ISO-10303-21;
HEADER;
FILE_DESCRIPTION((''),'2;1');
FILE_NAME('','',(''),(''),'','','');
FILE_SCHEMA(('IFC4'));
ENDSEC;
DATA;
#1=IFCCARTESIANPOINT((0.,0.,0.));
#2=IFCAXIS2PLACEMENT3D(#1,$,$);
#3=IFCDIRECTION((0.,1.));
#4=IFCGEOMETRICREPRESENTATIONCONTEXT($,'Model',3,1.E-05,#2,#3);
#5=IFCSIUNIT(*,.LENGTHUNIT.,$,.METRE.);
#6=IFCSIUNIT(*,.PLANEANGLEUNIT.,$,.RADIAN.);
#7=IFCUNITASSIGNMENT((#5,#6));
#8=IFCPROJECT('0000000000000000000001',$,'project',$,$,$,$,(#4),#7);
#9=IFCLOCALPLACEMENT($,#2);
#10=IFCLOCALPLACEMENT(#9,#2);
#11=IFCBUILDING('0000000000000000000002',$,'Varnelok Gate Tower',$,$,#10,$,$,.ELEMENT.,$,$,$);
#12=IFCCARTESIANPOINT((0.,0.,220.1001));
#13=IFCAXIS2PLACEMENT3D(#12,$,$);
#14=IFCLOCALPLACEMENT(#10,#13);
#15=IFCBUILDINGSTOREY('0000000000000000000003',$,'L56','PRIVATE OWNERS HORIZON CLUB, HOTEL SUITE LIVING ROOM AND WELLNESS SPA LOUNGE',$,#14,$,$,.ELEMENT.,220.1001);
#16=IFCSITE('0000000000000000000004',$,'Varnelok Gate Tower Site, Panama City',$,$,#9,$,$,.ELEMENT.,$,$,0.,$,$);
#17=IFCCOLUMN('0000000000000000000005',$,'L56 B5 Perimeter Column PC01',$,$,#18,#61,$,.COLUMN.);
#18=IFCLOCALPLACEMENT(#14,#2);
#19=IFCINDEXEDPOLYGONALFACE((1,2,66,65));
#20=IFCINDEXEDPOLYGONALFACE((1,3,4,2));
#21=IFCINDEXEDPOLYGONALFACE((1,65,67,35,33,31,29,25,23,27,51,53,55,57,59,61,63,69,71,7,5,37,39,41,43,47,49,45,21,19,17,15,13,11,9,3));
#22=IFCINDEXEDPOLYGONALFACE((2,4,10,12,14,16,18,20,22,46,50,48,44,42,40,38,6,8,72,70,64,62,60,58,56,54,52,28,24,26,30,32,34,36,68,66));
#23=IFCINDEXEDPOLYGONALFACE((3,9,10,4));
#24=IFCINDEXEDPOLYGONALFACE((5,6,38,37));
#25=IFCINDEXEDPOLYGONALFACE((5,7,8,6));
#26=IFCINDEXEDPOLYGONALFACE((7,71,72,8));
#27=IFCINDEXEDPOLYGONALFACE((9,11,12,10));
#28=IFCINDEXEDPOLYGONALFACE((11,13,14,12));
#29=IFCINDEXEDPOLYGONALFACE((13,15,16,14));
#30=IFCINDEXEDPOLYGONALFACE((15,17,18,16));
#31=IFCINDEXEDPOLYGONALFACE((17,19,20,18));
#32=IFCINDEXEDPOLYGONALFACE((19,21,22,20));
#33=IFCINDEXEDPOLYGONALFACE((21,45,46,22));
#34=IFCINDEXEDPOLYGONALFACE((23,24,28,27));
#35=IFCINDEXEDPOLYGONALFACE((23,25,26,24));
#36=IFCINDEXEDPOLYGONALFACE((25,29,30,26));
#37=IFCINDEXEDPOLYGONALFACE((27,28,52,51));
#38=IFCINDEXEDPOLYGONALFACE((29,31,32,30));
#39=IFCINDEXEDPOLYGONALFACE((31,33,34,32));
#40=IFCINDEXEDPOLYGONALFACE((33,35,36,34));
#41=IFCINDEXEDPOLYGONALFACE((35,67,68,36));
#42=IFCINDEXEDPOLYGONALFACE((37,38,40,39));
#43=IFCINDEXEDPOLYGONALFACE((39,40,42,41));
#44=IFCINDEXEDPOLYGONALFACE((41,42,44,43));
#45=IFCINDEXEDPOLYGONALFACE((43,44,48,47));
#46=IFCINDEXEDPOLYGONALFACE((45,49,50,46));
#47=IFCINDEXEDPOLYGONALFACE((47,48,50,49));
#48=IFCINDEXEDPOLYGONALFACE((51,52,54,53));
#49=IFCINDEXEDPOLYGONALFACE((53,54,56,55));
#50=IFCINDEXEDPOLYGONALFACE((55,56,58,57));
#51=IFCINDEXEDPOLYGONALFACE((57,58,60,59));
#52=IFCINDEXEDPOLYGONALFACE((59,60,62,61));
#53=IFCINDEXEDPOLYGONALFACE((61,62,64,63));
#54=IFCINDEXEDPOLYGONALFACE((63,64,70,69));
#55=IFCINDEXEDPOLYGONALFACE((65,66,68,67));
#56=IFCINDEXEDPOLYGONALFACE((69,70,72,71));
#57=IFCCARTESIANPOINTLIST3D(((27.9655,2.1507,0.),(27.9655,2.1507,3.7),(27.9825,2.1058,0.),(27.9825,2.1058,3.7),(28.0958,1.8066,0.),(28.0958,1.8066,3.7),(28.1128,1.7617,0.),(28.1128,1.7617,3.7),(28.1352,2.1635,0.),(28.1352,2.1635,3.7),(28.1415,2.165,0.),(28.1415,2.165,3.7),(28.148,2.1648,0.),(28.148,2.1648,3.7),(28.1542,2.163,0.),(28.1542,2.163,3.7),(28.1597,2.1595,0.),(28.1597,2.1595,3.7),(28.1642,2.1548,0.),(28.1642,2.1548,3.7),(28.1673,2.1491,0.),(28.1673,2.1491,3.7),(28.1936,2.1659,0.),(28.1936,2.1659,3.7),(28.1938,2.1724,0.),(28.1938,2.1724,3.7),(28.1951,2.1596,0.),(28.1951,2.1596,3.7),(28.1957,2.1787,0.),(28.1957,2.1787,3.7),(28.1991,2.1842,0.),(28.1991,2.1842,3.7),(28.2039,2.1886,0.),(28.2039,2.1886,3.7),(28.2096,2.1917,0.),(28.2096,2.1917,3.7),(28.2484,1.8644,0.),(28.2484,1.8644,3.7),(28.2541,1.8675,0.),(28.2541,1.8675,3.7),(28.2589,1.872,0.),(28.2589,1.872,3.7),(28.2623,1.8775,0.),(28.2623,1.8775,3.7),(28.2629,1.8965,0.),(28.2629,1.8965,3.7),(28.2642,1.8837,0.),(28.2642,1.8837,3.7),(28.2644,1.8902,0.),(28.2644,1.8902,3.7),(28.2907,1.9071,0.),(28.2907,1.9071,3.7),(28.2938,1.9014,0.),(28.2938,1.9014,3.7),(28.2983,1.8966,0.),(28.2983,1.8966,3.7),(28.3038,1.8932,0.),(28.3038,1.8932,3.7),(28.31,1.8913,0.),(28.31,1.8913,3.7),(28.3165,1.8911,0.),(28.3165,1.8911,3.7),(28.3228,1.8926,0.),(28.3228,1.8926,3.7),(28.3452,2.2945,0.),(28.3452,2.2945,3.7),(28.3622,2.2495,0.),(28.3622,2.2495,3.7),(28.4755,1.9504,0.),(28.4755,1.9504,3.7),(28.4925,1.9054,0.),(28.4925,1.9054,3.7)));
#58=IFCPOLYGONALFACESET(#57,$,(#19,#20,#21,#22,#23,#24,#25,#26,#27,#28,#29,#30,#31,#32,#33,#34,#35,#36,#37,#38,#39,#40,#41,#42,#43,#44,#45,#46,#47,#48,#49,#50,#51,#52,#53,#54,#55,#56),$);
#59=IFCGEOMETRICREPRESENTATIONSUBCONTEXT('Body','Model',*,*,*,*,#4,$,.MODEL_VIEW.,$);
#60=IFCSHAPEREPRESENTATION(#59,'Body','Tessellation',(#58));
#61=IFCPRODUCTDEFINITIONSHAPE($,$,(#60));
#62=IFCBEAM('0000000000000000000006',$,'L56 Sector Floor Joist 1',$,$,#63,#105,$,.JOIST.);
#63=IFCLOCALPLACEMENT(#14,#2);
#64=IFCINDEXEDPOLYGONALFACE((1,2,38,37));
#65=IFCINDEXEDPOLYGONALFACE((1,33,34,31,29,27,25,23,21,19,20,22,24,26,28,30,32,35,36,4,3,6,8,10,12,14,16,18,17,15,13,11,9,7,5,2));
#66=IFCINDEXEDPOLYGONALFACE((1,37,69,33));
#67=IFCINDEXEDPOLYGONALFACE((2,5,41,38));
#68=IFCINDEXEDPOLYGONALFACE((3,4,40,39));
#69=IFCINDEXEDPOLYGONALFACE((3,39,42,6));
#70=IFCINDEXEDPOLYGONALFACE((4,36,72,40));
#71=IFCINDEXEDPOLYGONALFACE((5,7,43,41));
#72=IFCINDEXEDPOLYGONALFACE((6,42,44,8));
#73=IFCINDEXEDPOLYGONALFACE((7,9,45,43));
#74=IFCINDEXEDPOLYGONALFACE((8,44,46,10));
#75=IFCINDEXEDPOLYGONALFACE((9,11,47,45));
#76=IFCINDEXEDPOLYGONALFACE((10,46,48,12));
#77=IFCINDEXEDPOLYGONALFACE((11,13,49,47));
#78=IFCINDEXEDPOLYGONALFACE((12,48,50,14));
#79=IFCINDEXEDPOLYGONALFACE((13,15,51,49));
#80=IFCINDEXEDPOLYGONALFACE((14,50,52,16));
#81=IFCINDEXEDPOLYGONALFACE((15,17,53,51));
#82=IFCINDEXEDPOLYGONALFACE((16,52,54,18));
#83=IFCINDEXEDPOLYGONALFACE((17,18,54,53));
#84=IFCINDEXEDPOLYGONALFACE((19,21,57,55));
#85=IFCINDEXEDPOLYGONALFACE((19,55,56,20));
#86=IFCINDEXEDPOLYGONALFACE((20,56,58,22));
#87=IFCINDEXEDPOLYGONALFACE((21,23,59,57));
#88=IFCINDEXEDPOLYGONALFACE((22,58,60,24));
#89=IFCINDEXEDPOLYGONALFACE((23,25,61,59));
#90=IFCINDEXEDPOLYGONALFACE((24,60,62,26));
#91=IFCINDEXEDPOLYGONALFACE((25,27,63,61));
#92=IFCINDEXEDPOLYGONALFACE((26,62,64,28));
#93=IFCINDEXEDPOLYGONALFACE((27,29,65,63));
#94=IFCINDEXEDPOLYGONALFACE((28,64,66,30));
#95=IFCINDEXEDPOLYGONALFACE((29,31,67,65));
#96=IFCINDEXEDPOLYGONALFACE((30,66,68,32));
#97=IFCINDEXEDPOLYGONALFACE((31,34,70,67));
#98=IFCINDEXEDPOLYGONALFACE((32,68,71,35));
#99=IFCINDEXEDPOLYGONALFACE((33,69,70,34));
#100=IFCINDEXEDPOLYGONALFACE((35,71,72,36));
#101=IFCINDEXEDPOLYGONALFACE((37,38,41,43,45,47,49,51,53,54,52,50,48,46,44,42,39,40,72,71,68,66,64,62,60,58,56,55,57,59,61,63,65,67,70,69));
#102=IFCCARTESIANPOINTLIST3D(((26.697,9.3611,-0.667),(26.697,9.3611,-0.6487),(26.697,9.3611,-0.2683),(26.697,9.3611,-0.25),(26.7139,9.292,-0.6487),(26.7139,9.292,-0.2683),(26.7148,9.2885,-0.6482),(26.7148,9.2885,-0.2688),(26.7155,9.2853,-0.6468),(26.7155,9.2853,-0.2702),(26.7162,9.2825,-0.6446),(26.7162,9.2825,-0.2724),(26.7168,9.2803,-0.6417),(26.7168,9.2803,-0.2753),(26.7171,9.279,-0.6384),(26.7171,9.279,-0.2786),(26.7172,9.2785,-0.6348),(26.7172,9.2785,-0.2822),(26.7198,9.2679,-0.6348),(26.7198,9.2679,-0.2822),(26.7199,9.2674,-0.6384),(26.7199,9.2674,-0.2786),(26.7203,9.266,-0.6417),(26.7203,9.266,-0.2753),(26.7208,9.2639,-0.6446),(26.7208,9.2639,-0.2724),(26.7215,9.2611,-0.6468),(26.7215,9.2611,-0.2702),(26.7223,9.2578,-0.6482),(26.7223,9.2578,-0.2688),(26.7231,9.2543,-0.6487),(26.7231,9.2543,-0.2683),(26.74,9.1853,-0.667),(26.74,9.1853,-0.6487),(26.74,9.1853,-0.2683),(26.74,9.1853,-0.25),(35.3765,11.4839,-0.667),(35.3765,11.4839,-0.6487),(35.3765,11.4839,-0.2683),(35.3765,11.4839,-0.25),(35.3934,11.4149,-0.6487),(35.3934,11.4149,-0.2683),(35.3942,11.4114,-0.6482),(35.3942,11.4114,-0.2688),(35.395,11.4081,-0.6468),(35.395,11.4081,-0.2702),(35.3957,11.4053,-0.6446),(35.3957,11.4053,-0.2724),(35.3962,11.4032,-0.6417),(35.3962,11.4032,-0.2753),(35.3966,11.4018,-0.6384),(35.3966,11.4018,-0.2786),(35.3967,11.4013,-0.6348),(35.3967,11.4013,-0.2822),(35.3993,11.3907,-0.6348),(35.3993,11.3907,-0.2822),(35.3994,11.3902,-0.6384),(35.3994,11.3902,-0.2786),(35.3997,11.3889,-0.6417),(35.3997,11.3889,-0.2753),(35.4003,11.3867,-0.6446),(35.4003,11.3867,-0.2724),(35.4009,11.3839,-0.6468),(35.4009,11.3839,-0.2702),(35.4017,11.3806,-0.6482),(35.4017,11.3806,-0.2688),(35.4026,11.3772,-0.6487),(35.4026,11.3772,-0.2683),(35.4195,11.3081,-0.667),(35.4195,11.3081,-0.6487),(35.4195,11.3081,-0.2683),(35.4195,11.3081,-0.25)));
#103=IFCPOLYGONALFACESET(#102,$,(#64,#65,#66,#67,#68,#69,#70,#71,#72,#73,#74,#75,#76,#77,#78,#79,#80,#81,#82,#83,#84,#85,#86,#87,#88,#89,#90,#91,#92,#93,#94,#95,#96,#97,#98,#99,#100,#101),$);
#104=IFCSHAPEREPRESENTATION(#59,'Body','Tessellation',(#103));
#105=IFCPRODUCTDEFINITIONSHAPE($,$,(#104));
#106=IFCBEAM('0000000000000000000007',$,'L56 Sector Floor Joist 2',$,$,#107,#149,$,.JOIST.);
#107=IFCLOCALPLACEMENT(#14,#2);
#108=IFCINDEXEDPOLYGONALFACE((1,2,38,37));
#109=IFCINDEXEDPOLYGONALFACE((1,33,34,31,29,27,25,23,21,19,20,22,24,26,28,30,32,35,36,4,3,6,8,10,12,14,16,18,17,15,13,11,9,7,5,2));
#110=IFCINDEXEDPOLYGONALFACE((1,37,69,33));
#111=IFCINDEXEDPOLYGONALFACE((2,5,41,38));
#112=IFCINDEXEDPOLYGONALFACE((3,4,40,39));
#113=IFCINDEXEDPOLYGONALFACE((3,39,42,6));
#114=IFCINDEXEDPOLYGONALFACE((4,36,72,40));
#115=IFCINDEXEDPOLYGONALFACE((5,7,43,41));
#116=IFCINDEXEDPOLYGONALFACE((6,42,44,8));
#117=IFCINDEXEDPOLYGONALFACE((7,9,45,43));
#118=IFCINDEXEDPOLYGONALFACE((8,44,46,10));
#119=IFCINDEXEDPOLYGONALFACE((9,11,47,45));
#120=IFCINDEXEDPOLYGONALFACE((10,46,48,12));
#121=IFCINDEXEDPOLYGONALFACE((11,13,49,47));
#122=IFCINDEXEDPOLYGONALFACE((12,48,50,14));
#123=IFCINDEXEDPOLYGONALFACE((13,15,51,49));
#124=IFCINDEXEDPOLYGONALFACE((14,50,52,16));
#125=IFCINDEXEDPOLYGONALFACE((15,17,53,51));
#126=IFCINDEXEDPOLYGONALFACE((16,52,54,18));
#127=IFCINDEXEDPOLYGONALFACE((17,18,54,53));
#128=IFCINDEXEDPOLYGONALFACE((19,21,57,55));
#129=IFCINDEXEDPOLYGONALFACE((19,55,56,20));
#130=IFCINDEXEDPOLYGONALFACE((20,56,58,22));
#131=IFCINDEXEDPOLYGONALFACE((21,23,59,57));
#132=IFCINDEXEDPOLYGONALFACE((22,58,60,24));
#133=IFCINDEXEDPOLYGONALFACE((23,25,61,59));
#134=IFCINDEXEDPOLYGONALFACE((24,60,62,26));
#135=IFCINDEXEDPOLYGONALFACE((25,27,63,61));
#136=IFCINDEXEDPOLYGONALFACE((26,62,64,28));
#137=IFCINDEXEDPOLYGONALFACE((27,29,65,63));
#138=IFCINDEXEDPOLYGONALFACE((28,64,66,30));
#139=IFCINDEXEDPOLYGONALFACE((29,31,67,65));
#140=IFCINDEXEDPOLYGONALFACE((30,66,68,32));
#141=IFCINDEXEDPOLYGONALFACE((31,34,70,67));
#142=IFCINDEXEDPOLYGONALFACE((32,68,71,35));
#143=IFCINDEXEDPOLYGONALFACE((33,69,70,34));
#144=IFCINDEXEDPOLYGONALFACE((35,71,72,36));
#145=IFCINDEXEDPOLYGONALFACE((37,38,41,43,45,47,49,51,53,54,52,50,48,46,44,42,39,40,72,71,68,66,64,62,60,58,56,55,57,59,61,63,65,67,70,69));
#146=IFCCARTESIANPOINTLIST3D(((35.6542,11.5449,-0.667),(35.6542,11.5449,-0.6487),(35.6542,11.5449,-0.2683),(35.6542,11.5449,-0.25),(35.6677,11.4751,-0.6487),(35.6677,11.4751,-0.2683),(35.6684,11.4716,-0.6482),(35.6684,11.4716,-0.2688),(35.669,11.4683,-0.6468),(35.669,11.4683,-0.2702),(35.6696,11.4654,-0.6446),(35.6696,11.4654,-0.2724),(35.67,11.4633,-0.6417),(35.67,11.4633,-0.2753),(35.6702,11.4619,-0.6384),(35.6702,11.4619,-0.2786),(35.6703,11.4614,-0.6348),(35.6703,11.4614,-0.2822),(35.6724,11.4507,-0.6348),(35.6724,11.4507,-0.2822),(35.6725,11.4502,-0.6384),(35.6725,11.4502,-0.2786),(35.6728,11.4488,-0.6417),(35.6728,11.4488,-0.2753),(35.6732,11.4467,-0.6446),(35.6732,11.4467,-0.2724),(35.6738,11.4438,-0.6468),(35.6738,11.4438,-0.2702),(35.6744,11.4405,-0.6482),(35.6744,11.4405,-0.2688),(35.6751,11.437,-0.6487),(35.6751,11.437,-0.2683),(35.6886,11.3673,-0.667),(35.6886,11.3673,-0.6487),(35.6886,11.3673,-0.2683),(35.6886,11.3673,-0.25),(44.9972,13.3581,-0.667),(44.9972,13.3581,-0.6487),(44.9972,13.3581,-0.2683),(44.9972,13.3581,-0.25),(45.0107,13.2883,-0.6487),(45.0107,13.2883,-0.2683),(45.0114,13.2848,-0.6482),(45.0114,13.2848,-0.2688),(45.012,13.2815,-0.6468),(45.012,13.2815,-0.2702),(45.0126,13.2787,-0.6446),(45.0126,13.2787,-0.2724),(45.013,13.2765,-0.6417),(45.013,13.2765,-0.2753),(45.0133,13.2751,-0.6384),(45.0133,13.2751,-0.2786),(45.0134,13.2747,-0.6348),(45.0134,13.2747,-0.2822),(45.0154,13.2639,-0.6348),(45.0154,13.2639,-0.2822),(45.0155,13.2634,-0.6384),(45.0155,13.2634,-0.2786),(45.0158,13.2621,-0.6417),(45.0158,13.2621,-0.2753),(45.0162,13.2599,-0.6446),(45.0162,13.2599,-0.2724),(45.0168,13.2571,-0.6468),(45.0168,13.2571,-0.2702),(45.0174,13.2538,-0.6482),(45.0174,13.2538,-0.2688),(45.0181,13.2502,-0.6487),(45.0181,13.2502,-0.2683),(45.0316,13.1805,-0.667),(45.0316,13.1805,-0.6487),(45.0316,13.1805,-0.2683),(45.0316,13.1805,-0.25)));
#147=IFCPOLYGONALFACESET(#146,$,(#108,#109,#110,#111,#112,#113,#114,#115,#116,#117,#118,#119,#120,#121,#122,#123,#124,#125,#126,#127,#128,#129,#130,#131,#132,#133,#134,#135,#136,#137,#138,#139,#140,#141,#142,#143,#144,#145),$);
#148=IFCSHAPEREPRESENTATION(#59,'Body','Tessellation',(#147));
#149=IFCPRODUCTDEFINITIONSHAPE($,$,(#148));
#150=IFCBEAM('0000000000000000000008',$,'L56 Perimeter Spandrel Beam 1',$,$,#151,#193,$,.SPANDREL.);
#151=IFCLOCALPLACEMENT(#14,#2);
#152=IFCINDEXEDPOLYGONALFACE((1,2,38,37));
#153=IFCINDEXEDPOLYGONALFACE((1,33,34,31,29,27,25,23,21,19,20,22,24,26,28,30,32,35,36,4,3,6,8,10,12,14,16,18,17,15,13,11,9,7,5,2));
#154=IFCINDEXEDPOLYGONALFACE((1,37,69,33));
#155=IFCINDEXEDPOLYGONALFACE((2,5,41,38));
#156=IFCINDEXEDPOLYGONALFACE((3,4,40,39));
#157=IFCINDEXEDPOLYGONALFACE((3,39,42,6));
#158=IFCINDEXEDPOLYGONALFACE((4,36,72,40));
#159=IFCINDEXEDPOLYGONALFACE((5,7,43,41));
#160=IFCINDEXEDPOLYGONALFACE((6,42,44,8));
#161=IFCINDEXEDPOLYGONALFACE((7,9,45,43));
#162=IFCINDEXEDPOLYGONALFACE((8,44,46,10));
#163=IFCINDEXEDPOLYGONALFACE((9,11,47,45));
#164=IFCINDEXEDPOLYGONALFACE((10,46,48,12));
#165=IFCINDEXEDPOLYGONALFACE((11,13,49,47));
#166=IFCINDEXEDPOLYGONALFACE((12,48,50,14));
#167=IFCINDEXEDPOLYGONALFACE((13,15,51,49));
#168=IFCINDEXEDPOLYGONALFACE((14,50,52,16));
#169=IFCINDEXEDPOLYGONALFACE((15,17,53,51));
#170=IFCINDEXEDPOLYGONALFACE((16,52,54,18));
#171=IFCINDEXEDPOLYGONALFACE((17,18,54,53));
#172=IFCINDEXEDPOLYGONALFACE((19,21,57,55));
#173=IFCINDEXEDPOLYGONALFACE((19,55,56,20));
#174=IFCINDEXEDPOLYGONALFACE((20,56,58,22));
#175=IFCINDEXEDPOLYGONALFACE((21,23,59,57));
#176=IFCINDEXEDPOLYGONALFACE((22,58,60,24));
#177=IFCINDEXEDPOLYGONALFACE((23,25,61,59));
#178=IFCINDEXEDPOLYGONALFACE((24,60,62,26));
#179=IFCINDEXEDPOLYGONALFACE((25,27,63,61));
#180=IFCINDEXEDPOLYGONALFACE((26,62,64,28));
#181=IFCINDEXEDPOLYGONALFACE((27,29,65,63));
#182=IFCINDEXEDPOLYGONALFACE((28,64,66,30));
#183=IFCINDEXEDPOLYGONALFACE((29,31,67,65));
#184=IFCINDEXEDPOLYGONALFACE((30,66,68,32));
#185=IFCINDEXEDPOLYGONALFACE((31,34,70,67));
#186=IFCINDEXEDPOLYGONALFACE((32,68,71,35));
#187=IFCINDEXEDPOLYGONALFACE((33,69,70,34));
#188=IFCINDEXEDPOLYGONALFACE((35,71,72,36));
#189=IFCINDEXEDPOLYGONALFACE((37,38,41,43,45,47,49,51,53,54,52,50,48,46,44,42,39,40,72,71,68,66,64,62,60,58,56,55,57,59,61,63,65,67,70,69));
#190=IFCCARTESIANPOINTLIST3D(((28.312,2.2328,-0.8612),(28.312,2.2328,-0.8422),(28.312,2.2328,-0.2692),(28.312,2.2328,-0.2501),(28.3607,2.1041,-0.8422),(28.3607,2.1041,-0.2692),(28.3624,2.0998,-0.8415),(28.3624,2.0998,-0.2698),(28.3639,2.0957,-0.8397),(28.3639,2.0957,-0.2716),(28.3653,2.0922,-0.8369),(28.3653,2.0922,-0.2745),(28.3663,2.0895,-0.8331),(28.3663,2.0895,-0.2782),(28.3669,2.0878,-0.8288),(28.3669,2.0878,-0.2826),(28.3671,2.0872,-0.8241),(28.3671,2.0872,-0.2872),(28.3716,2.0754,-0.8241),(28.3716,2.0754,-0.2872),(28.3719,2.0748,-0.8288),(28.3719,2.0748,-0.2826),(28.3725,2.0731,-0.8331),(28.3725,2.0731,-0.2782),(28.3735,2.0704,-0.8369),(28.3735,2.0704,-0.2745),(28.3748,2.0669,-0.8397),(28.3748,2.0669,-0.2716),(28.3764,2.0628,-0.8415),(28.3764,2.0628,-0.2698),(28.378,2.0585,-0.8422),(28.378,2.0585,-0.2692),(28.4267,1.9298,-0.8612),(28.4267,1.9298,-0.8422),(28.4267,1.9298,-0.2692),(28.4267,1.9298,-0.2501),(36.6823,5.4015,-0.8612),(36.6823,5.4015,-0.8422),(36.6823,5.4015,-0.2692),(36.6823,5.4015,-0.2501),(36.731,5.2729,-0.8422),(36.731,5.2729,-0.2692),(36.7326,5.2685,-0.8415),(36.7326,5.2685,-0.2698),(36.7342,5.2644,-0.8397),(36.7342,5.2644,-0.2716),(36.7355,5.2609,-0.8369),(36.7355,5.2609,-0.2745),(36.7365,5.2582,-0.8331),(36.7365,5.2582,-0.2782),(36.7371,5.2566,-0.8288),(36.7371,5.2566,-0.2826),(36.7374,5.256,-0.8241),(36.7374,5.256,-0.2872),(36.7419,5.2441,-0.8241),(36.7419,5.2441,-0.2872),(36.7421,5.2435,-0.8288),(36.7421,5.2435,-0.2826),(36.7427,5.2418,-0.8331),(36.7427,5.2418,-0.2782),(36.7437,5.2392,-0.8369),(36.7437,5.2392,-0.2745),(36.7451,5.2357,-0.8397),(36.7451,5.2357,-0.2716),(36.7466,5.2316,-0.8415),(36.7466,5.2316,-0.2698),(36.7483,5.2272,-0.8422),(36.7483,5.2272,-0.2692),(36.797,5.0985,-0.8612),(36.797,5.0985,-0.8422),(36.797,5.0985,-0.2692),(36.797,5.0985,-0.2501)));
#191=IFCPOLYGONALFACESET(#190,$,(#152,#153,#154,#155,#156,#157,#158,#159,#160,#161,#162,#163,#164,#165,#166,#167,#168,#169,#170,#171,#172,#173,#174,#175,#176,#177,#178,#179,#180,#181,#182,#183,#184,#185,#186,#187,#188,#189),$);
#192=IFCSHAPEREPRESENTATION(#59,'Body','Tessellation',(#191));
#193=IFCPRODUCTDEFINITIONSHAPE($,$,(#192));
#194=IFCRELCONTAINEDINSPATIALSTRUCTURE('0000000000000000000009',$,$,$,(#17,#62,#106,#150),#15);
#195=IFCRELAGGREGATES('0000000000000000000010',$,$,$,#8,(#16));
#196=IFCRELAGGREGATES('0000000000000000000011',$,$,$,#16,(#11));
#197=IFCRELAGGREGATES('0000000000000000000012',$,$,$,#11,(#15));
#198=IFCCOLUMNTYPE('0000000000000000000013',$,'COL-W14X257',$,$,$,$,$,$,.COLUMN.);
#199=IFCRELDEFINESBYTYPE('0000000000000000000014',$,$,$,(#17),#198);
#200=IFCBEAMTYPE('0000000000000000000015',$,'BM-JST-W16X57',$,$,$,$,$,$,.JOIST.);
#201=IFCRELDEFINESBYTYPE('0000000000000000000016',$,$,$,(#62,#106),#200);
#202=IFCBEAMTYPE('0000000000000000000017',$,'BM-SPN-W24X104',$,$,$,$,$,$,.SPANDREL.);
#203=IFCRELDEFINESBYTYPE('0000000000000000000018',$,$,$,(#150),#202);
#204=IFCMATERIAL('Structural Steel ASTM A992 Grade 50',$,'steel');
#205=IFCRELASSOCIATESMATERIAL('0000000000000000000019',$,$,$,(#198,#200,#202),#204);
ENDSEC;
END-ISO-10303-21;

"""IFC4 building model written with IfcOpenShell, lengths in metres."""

from ifc_helpers import new_model, si_unit, direction, frame, origin, origin_2d, place, context, subcontext, project, spatial, i_section, extrude, material, material_profile, profile_set, type_object, element, save


model = new_model("IFC4")

# Units and contexts
model_context = context("Model", 3, precision=1e-05, world=origin(), true_north=direction((0.0, 1.0)))
body_context = subcontext(model_context, "Body", "Model", "MODEL_VIEW")
ifc_project = project(units=[si_unit("LENGTHUNIT", "METRE"), si_unit("PLANEANGLEUNIT", "RADIAN")], contexts=[model_context])

# Site, building, storey
site_placement = place(None, origin())
site = spatial("IfcSite", under=ifc_project, at=site_placement, Name="Varnelok Gate Tower Site, Panama City", CompositionType="ELEMENT", RefElevation=0.0)
building_placement = place(site_placement, origin())
building = spatial("IfcBuilding", under=site, at=building_placement, Name="Varnelok Gate Tower", CompositionType="ELEMENT")
storey_placement = place(building_placement, frame((0.0, 0.0, 220.1001)))
storey = spatial("IfcBuildingStorey", under=building, at=storey_placement, Name="L56", Description="PRIVATE OWNERS HORIZON CLUB, HOTEL SUITE LIVING ROOM AND WELLNESS SPA LOUNGE", CompositionType="ELEMENT", Elevation=220.1001)

# Column
ifc_material_1 = material(Name="Structural Steel ASTM A992 Grade 50", Category="steel")
ifc_material_profile_1 = material_profile(ifc_material_1, i_section(OverallWidth=0.406, OverallDepth=0.416, WebThickness=0.0298, FlangeThickness=0.0481, FilletRadius=0.0249, at=origin_2d()), Name="W14X257")
ifc_profile_set_1 = profile_set([ifc_material_profile_1], Name="Structural Steel ASTM A992 Grade 50")
column_type = type_object("IfcColumnType", Name="COL-W14X257", PredefinedType="COLUMN", material=ifc_profile_set_1)
column_placement = place(storey_placement, frame((28.229, 2.0281, 0.0), z_axis=(0.0, 0.0, 1.0), x_axis=(0.935222, 0.354063, 0.0)))
element("IfcColumn", 1, at=column_placement, inside=storey, type_object=column_type, Name="L56 B5 Perimeter Column PC01", PredefinedType="COLUMN", context=body_context, shape_type="SweptSolid", body=[
    extrude(i_section(OverallWidth=0.406, OverallDepth=0.416, WebThickness=0.0298, FlangeThickness=0.0481, FilletRadius=0.0249, at=origin_2d()), origin(), (0.0, 0.0, 1.0), 3.7),
])

# Beams
ifc_material_profile_2 = material_profile(ifc_material_1, i_section(OverallWidth=0.1809, OverallDepth=0.417, WebThickness=0.011, FlangeThickness=0.0183, FilletRadius=0.0139, at=origin_2d()), Name="W16X57")
ifc_profile_set_2 = profile_set([ifc_material_profile_2], Name="Structural Steel ASTM A992 Grade 50")
beam_type_1 = type_object("IfcBeamType", Name="BM-JST-W16X57", PredefinedType="JOIST", material=ifc_profile_set_2)
beam_1_placement = place(storey_placement, frame((26.7185, 9.2732, -0.4585), z_axis=(0.971369, 0.237576, 0.0), x_axis=(-0.237576, 0.971369, 0.0)))
element("IfcBeam", 2, at=beam_1_placement, inside=storey, type_object=beam_type_1, Name="L56 Sector Floor Joist 1", PredefinedType="JOIST", context=body_context, shape_type="SweptSolid", body=[
    extrude(i_section(OverallWidth=0.1809, OverallDepth=0.417, WebThickness=0.011, FlangeThickness=0.0183, FilletRadius=0.0139, at=origin_2d()), origin(), (0.0, 0.0, 1.0), 8.9353),
])
beam_2_placement = place(storey_placement, frame((35.6714, 11.4561, -0.4585), z_axis=(0.981684, 0.190519, 0.0), x_axis=(-0.190519, 0.981684, 0.0)))
element("IfcBeam", 3, at=beam_2_placement, inside=storey, type_object=beam_type_1, Name="L56 Sector Floor Joist 2", PredefinedType="JOIST", context=body_context, shape_type="SweptSolid", body=[
    extrude(i_section(OverallWidth=0.1809, OverallDepth=0.417, WebThickness=0.011, FlangeThickness=0.0183, FilletRadius=0.0139, at=origin_2d()), origin(), (0.0, 0.0, 1.0), 9.5173),
])
ifc_material_profile_3 = material_profile(ifc_material_1, i_section(OverallWidth=0.324, OverallDepth=0.6111, WebThickness=0.0127, FlangeThickness=0.019, FilletRadius=0.0181, at=origin_2d()), Name="W24X104")
ifc_profile_set_3 = profile_set([ifc_material_profile_3], Name="Structural Steel ASTM A992 Grade 50")
beam_type_2 = type_object("IfcBeamType", Name="BM-SPN-W24X104", PredefinedType="SPANDREL", material=ifc_profile_set_3)
beam_3_placement = place(storey_placement, frame((28.3694, 2.0813, -0.5557), z_axis=(0.935226, 0.354051, 0.0), x_axis=(-0.354051, 0.935226, 0.0)))
element("IfcBeam", 4, at=beam_3_placement, inside=storey, type_object=beam_type_2, Name="L56 Perimeter Spandrel Beam 1", PredefinedType="SPANDREL", context=body_context, shape_type="SweptSolid", body=[
    extrude(i_section(OverallWidth=0.324, OverallDepth=0.6111, WebThickness=0.0127, FlangeThickness=0.019, FilletRadius=0.0181, at=origin_2d()), origin(), (0.0, 0.0, 1.0), 8.95),
])

save(model, "model.ifc")
